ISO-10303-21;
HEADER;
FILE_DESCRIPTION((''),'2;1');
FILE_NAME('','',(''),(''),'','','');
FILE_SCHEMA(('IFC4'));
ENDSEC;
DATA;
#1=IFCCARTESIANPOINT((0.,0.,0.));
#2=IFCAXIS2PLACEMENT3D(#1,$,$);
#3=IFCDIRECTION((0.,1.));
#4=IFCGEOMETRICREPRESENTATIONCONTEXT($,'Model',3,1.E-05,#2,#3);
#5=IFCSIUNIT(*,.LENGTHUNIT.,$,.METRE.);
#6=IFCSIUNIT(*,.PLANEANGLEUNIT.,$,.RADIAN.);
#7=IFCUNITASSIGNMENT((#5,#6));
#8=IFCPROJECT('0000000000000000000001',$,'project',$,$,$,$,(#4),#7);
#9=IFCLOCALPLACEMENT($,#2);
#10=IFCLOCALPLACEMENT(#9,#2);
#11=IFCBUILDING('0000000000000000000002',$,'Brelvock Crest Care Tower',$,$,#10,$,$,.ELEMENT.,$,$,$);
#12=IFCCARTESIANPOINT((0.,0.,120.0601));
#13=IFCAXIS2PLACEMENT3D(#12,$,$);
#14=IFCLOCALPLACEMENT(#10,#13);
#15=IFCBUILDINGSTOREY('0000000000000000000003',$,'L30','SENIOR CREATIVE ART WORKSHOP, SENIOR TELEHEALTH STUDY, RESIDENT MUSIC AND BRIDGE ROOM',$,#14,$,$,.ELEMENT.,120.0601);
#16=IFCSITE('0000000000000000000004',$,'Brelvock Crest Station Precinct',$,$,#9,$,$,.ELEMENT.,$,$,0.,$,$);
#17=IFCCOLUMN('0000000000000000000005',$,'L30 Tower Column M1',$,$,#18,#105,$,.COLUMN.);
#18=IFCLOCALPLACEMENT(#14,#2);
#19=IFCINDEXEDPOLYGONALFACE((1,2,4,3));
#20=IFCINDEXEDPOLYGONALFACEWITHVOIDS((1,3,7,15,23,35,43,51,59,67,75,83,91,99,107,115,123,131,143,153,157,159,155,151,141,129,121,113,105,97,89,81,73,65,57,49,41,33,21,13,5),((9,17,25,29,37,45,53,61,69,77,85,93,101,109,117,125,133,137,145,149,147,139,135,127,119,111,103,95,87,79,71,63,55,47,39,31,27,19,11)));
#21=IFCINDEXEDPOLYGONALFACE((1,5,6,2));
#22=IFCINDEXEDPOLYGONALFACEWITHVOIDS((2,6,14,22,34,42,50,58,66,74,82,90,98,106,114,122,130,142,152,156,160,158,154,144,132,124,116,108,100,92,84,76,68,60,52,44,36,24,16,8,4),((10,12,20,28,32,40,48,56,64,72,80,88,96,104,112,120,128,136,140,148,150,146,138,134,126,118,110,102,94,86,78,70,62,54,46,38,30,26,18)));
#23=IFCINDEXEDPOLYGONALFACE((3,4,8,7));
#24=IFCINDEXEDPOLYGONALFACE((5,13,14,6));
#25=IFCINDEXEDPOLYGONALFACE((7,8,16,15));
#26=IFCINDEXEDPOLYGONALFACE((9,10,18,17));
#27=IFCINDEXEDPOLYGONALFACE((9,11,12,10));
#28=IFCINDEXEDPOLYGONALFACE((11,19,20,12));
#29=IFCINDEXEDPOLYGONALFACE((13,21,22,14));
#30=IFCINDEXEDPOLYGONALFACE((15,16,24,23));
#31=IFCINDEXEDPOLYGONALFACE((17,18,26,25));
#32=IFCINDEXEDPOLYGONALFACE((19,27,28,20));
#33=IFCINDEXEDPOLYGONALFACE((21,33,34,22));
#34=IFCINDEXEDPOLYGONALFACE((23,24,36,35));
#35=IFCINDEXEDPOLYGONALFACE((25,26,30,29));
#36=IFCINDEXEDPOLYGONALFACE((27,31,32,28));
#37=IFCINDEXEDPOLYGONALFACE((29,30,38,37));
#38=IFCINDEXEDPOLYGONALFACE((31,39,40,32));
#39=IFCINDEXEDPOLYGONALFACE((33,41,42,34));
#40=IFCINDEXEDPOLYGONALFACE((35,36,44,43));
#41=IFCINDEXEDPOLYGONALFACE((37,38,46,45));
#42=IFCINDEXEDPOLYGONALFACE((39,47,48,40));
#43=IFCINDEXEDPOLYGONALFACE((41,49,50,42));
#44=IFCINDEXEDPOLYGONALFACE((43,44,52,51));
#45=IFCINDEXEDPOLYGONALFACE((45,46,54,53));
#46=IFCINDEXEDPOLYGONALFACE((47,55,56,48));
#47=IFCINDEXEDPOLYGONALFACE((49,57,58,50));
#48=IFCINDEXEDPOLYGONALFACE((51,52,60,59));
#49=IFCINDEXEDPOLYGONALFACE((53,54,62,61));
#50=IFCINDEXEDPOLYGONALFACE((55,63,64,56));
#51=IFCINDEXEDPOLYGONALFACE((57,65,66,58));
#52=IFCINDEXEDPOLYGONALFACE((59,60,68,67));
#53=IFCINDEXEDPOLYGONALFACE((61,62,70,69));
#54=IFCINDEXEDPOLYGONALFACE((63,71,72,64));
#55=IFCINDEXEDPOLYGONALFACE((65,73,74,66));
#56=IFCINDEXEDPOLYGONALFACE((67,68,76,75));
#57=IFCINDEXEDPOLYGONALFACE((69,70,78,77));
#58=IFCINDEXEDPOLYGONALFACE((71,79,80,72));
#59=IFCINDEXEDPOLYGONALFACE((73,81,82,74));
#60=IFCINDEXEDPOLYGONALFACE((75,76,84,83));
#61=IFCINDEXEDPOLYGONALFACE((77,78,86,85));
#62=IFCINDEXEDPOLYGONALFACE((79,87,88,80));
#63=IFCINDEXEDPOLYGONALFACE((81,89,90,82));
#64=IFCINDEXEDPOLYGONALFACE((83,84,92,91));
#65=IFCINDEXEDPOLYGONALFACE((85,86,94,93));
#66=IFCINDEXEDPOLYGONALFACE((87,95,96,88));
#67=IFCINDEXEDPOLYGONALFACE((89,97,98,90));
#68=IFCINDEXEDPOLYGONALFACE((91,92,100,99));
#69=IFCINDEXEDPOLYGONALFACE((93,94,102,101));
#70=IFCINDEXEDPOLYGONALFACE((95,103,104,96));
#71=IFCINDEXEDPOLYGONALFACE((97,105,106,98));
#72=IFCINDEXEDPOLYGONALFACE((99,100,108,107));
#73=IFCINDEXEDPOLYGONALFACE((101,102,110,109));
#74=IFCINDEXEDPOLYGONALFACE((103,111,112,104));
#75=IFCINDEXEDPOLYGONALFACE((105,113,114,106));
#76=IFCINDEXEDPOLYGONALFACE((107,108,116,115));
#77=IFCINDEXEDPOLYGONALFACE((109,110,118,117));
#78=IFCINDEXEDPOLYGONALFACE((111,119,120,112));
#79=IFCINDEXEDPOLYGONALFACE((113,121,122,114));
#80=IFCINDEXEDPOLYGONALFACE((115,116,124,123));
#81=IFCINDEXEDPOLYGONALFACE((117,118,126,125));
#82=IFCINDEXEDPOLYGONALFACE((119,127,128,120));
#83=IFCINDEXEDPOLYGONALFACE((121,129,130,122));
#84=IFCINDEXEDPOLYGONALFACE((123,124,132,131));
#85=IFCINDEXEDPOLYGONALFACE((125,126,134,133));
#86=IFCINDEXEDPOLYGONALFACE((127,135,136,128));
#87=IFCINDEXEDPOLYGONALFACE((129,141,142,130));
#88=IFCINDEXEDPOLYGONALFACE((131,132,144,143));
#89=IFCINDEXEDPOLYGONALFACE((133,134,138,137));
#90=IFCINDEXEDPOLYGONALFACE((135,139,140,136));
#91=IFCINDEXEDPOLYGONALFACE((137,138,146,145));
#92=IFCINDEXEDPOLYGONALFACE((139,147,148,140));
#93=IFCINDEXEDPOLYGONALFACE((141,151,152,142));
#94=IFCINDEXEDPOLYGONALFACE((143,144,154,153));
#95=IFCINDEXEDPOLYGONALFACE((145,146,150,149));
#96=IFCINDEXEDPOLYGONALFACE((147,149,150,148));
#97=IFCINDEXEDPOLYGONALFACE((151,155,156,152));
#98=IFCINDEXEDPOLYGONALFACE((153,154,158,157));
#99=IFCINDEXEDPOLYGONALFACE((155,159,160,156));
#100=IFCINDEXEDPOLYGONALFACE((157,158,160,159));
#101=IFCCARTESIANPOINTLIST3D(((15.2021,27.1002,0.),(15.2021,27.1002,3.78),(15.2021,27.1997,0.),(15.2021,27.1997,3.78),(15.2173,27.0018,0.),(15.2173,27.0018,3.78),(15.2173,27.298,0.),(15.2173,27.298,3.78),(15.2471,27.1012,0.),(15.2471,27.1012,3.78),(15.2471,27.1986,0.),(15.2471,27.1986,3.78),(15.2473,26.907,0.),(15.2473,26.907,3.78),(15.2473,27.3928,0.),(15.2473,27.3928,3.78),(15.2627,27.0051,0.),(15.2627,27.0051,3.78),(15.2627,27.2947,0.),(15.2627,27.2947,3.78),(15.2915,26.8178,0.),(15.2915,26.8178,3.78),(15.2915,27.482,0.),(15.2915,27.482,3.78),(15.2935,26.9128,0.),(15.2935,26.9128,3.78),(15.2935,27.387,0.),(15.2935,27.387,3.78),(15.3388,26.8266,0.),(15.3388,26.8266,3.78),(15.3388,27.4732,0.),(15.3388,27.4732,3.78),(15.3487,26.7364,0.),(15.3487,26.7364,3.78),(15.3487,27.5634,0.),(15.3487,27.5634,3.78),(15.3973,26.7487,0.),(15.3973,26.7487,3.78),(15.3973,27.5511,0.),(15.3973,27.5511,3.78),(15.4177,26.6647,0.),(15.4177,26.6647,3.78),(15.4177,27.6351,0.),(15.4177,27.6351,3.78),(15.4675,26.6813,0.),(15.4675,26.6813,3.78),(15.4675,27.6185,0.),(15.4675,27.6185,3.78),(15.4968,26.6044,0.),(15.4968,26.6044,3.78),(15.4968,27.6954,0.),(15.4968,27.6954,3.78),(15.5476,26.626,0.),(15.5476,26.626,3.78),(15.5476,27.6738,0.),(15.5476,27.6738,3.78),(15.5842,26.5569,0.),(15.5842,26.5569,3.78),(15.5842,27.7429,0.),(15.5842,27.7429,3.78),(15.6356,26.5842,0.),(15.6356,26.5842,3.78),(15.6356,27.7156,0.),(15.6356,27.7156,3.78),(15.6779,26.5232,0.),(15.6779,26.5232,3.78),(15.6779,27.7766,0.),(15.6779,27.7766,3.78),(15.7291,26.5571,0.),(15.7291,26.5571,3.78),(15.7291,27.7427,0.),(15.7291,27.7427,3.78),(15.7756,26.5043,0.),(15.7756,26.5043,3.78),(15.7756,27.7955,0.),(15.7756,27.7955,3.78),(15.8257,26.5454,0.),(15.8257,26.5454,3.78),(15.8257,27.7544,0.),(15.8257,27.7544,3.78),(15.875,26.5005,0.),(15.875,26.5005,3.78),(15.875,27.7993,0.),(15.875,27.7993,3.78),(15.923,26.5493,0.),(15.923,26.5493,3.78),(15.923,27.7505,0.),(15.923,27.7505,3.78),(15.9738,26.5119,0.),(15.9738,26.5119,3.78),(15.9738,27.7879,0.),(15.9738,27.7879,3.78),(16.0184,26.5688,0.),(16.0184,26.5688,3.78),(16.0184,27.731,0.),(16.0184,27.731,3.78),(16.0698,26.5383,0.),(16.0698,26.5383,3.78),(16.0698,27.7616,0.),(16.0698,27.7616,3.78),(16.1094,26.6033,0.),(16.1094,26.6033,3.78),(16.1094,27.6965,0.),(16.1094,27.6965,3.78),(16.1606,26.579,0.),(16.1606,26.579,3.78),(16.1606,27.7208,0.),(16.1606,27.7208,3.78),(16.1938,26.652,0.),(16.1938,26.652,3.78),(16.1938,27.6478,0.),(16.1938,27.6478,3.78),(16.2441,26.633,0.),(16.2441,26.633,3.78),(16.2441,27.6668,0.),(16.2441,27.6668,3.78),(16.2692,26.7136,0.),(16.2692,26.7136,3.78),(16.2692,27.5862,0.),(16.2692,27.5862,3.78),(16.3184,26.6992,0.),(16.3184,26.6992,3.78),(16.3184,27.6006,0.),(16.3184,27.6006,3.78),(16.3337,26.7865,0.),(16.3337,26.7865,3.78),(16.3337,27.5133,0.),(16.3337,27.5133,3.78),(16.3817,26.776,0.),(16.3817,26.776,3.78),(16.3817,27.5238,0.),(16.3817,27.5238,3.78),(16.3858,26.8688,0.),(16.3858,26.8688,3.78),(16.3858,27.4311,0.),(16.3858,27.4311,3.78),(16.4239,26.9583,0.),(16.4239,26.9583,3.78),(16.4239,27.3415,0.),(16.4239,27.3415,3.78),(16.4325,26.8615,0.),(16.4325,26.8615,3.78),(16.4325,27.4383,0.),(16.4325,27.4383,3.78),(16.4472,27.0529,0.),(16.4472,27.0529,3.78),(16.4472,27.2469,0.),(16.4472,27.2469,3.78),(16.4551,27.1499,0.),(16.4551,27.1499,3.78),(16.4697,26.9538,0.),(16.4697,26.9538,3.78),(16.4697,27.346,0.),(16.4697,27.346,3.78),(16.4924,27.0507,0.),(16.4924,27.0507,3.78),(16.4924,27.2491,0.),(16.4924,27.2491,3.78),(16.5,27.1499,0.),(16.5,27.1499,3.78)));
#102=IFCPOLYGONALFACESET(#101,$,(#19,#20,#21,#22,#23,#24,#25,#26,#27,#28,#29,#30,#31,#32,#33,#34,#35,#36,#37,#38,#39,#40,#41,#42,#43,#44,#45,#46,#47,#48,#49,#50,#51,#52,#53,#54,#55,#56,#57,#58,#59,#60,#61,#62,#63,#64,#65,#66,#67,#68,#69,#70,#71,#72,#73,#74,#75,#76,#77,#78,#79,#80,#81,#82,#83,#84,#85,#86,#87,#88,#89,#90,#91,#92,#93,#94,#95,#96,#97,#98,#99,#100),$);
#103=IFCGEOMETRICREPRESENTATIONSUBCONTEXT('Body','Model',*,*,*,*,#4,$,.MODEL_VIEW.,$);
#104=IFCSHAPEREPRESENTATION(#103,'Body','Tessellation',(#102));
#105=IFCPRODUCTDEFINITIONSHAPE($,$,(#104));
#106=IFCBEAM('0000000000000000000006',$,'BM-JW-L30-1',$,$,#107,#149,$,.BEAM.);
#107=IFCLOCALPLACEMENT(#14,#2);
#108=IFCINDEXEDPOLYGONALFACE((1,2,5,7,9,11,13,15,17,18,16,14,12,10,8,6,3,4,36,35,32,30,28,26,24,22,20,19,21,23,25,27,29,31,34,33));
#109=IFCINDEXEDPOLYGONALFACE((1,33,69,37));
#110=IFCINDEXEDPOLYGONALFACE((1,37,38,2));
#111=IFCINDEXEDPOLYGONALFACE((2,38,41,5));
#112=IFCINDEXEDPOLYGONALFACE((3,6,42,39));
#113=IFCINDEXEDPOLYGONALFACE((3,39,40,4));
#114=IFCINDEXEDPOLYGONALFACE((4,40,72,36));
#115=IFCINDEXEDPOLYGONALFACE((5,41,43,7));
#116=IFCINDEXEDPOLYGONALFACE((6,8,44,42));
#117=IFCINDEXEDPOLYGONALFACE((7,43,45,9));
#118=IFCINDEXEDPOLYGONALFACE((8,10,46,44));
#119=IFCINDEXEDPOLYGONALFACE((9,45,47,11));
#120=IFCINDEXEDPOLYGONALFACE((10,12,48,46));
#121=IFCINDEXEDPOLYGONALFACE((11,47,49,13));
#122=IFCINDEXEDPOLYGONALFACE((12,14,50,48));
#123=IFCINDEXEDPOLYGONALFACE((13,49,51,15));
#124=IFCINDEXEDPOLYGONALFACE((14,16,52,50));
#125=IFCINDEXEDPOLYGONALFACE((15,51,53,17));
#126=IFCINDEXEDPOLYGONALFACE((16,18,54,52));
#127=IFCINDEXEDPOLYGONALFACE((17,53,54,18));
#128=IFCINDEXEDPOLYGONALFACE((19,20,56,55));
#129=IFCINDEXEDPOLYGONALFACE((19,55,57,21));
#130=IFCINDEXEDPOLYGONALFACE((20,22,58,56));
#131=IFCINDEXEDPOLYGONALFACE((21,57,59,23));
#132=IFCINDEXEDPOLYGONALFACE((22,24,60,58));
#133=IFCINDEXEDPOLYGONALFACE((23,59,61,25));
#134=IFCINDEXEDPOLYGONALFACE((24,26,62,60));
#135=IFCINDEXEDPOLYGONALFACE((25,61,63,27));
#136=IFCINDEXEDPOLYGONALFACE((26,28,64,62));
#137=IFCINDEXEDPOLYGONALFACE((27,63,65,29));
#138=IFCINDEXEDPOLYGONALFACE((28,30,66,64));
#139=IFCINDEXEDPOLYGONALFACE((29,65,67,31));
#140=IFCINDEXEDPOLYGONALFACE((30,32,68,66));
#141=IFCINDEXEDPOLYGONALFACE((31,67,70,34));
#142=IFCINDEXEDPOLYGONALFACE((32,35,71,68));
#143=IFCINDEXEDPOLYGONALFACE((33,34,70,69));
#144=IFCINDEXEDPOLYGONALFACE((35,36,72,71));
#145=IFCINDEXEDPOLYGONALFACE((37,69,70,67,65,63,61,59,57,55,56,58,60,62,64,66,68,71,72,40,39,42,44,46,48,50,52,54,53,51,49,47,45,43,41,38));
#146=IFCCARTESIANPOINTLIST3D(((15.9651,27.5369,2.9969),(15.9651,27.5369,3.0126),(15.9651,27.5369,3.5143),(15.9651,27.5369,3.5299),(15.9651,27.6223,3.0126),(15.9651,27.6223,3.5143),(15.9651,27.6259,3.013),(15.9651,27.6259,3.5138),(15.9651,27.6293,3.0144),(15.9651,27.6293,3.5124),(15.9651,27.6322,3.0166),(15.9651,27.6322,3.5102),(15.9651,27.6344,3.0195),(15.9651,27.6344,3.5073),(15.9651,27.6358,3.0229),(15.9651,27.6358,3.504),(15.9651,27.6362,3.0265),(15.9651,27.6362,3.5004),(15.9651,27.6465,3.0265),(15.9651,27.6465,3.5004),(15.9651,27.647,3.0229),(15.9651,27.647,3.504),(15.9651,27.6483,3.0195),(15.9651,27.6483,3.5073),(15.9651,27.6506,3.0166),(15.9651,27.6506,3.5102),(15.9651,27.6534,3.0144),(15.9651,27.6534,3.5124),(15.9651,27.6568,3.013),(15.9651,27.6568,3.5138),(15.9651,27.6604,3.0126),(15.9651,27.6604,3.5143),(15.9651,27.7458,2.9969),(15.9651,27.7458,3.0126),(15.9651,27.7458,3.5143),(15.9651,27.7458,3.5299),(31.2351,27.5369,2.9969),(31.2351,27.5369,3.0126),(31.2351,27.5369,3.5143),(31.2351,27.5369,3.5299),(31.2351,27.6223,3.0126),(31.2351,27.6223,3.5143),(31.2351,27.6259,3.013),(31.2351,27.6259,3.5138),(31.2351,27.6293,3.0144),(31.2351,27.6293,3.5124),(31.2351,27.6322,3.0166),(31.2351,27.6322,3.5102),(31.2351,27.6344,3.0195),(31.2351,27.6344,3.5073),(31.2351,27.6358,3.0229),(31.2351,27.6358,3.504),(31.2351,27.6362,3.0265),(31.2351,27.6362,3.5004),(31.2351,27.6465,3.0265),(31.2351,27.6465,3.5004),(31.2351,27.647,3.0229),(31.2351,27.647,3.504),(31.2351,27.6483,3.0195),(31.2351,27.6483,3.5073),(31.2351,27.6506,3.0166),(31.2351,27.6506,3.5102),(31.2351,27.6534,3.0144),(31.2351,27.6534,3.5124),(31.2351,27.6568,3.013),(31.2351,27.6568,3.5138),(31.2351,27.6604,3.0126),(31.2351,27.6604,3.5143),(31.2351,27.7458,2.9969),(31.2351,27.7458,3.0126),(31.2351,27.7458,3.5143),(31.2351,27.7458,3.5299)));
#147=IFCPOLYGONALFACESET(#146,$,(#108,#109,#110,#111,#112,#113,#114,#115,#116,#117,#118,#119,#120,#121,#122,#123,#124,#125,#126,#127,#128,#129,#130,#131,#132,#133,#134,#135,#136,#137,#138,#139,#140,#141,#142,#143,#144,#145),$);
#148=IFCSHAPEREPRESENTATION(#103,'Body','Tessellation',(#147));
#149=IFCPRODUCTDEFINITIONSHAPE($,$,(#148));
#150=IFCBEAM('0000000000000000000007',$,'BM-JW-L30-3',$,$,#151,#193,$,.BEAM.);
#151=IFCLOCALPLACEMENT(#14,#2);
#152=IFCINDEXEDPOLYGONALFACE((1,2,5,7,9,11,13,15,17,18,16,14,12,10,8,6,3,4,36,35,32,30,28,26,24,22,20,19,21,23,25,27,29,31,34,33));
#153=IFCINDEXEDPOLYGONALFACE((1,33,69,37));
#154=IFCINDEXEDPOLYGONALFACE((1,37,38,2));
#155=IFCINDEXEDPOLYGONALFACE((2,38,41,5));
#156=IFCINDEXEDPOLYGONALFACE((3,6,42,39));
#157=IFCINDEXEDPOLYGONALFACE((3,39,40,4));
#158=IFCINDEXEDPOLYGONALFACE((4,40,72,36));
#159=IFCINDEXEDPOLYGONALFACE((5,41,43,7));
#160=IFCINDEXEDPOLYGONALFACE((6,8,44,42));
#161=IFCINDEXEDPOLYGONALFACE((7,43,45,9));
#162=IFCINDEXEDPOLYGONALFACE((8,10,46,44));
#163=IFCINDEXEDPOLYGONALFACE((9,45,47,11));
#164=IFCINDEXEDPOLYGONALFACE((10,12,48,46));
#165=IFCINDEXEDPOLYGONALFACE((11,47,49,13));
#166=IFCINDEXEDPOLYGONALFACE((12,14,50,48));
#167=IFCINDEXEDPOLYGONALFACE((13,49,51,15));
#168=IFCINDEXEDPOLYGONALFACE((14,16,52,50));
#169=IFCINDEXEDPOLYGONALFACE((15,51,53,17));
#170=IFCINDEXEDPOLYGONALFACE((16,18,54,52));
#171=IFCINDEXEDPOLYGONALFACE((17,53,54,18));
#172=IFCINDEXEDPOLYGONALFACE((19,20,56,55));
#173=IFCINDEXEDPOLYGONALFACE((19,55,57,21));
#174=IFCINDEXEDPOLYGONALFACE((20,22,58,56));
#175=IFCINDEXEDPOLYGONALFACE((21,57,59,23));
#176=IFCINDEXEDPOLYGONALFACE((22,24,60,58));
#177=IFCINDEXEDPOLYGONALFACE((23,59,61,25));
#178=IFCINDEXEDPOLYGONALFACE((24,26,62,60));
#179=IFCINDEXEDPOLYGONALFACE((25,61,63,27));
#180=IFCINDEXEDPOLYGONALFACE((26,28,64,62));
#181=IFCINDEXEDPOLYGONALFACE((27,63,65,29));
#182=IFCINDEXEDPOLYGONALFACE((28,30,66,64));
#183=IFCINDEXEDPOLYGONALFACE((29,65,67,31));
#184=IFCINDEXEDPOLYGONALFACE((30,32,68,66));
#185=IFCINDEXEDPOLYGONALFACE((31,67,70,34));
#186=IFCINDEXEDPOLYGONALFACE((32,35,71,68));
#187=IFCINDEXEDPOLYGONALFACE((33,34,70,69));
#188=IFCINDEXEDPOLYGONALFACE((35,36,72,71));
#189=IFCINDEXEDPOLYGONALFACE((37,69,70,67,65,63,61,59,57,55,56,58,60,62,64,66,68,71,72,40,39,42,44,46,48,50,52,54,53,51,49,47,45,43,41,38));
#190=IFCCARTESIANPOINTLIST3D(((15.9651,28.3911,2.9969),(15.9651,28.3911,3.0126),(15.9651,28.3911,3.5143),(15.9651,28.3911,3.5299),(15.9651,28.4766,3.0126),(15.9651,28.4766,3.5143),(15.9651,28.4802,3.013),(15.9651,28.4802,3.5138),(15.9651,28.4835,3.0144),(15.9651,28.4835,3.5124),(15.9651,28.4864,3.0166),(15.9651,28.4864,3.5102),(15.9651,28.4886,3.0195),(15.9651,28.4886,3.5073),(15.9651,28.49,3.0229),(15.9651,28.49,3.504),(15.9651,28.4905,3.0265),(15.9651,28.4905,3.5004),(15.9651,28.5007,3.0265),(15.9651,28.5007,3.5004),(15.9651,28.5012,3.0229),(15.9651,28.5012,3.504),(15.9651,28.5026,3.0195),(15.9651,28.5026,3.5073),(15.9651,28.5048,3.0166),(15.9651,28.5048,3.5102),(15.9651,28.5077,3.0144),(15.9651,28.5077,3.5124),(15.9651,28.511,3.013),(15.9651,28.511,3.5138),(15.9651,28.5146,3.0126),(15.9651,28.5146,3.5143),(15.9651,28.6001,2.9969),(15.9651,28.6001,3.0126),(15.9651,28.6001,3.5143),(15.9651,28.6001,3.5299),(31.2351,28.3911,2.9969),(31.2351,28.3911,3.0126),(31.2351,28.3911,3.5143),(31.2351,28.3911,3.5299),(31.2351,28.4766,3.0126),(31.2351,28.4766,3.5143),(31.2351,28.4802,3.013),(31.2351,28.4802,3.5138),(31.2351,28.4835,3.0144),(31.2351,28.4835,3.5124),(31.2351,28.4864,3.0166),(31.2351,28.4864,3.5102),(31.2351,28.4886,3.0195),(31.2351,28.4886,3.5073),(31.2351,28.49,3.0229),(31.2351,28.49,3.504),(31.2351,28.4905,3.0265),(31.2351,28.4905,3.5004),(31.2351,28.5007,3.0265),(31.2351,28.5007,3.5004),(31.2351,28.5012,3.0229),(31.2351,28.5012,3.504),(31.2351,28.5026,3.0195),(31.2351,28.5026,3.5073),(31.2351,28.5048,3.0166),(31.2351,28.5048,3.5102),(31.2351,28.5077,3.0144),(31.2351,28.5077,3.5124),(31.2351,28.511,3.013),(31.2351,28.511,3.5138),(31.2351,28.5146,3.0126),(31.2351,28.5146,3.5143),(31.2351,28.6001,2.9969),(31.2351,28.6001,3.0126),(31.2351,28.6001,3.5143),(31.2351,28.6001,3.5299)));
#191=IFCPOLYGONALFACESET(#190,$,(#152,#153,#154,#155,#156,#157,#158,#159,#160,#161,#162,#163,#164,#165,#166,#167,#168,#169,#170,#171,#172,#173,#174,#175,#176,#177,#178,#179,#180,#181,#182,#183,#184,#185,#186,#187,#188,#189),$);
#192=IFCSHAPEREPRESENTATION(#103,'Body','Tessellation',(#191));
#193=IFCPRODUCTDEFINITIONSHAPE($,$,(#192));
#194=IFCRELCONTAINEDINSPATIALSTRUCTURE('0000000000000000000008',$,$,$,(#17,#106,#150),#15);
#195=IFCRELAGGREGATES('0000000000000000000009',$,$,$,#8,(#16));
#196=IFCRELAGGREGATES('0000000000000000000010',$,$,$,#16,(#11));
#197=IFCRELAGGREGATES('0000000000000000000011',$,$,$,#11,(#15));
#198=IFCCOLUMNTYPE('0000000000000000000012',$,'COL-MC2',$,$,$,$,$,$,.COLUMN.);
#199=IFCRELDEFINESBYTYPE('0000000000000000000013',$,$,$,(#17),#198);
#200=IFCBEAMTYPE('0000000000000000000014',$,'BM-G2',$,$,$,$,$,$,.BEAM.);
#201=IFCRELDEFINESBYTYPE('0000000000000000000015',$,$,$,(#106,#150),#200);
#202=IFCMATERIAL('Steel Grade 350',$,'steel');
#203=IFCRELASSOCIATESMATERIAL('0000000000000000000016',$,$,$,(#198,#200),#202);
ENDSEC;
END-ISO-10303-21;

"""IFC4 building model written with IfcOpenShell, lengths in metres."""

from ifc_helpers import new_model, si_unit, direction, frame, origin, origin_2d, place, context, subcontext, project, spatial, hollow_circle, i_section, extrude, source, transform, mapped, material, material_profile, profile_set, type_object, element, save


model = new_model("IFC4")

# Units and contexts
model_context = context("Model", 3, precision=1e-05, world=origin(), true_north=direction((0.0, 1.0)))
body_context = subcontext(model_context, "Body", "Model", "MODEL_VIEW")
ifc_project = project(units=[si_unit("LENGTHUNIT", "METRE"), si_unit("PLANEANGLEUNIT", "RADIAN")], contexts=[model_context])

# Site, building, storey
site_placement = place(None, origin())
site = spatial("IfcSite", under=ifc_project, at=site_placement, Name="Brelvock Crest Station Precinct", CompositionType="ELEMENT", RefElevation=0.0)
building_placement = place(site_placement, origin())
building = spatial("IfcBuilding", under=site, at=building_placement, Name="Brelvock Crest Care Tower", CompositionType="ELEMENT")
storey_placement = place(building_placement, frame((0.0, 0.0, 120.0601)))
storey = spatial("IfcBuildingStorey", under=building, at=storey_placement, Name="L30", Description="SENIOR CREATIVE ART WORKSHOP, SENIOR TELEHEALTH STUDY, RESIDENT MUSIC AND BRIDGE ROOM", CompositionType="ELEMENT", Elevation=120.0601)

# Column
ifc_material_1 = material(Name="Steel Grade 350", Category="steel")
ifc_material_profile_1 = material_profile(ifc_material_1, hollow_circle(Radius=0.6499, WallThickness=0.0449, at=origin_2d()), Name="CFT1300x45")
ifc_profile_set_1 = profile_set([ifc_material_profile_1], Name="Steel Grade 350")
column_type = type_object("IfcColumnType", Name="COL-MC2", PredefinedType="COLUMN", material=ifc_profile_set_1)
shared_shape_1 = source(origin(), body_context, "Body", "SweptSolid", [
    extrude(hollow_circle(Radius=0.6499, WallThickness=0.0449, at=origin_2d()), origin(), (0.0, 0.0, 1.0), 3.78),
])
column_placement = place(storey_placement, frame((15.8501, 27.1499, 0.0), z_axis=(0.0, 0.0, 1.0), x_axis=(1.0, 0.0, 0.0)))
element("IfcColumn", 1, at=column_placement, inside=storey, type_object=column_type, Name="L30 Tower Column M1", PredefinedType="COLUMN", context=body_context, shape_type="MappedRepresentation", body=[
    mapped(shared_shape_1, transform((0.0, 0.0, 0.0), x_axis=(1.0, 0.0, 0.0), y_axis=(0.0, 1.0, 0.0), z_axis=(0.0, 0.0, 1.0), scale=1.0)),
])

# Beams
ifc_material_profile_2 = material_profile(ifc_material_1, i_section(OverallWidth=0.209, OverallDepth=0.533, WebThickness=0.0103, FlangeThickness=0.0156, FilletRadius=0.0139, at=origin_2d()), Name="530UB92.4")
ifc_profile_set_2 = profile_set([ifc_material_profile_2], Name="Steel Grade 350")
beam_type_1 = type_object("IfcBeamType", Name="BM-G2", PredefinedType="BEAM", material=ifc_profile_set_2)
shared_shape_2 = source(origin(), body_context, "Body", "SweptSolid", [
    extrude(i_section(OverallWidth=0.209, OverallDepth=0.533, WebThickness=0.0103, FlangeThickness=0.0156, FilletRadius=0.0139, at=origin_2d()), origin(), (0.0, 0.0, 1.0), 15.27),
])
for number, where, z_axis, x_axis, name in (
    (2, (15.9651, 27.6414, 3.2634), (1.0, 0.0, 0.0), (0.0, 1.0, 0.0), "BM-JW-L30-1"),
    (3, (15.9651, 28.4956, 3.2634), (1.0, 0.0, 0.0), (0.0, 1.0, 0.0), "BM-JW-L30-3"),
):
    element("IfcBeam", number, at=place(storey_placement, frame(where, z_axis=z_axis, x_axis=x_axis)), inside=storey, type_object=beam_type_1, Name=name, PredefinedType="BEAM", context=body_context, shape_type="MappedRepresentation", body=[
        mapped(shared_shape_2, transform((0.0, 0.0, 0.0), x_axis=(1.0, 0.0, 0.0), y_axis=(0.0, 1.0, 0.0), z_axis=(0.0, 0.0, 1.0), scale=1.0)),
    ])

save(model, "model.ifc")
